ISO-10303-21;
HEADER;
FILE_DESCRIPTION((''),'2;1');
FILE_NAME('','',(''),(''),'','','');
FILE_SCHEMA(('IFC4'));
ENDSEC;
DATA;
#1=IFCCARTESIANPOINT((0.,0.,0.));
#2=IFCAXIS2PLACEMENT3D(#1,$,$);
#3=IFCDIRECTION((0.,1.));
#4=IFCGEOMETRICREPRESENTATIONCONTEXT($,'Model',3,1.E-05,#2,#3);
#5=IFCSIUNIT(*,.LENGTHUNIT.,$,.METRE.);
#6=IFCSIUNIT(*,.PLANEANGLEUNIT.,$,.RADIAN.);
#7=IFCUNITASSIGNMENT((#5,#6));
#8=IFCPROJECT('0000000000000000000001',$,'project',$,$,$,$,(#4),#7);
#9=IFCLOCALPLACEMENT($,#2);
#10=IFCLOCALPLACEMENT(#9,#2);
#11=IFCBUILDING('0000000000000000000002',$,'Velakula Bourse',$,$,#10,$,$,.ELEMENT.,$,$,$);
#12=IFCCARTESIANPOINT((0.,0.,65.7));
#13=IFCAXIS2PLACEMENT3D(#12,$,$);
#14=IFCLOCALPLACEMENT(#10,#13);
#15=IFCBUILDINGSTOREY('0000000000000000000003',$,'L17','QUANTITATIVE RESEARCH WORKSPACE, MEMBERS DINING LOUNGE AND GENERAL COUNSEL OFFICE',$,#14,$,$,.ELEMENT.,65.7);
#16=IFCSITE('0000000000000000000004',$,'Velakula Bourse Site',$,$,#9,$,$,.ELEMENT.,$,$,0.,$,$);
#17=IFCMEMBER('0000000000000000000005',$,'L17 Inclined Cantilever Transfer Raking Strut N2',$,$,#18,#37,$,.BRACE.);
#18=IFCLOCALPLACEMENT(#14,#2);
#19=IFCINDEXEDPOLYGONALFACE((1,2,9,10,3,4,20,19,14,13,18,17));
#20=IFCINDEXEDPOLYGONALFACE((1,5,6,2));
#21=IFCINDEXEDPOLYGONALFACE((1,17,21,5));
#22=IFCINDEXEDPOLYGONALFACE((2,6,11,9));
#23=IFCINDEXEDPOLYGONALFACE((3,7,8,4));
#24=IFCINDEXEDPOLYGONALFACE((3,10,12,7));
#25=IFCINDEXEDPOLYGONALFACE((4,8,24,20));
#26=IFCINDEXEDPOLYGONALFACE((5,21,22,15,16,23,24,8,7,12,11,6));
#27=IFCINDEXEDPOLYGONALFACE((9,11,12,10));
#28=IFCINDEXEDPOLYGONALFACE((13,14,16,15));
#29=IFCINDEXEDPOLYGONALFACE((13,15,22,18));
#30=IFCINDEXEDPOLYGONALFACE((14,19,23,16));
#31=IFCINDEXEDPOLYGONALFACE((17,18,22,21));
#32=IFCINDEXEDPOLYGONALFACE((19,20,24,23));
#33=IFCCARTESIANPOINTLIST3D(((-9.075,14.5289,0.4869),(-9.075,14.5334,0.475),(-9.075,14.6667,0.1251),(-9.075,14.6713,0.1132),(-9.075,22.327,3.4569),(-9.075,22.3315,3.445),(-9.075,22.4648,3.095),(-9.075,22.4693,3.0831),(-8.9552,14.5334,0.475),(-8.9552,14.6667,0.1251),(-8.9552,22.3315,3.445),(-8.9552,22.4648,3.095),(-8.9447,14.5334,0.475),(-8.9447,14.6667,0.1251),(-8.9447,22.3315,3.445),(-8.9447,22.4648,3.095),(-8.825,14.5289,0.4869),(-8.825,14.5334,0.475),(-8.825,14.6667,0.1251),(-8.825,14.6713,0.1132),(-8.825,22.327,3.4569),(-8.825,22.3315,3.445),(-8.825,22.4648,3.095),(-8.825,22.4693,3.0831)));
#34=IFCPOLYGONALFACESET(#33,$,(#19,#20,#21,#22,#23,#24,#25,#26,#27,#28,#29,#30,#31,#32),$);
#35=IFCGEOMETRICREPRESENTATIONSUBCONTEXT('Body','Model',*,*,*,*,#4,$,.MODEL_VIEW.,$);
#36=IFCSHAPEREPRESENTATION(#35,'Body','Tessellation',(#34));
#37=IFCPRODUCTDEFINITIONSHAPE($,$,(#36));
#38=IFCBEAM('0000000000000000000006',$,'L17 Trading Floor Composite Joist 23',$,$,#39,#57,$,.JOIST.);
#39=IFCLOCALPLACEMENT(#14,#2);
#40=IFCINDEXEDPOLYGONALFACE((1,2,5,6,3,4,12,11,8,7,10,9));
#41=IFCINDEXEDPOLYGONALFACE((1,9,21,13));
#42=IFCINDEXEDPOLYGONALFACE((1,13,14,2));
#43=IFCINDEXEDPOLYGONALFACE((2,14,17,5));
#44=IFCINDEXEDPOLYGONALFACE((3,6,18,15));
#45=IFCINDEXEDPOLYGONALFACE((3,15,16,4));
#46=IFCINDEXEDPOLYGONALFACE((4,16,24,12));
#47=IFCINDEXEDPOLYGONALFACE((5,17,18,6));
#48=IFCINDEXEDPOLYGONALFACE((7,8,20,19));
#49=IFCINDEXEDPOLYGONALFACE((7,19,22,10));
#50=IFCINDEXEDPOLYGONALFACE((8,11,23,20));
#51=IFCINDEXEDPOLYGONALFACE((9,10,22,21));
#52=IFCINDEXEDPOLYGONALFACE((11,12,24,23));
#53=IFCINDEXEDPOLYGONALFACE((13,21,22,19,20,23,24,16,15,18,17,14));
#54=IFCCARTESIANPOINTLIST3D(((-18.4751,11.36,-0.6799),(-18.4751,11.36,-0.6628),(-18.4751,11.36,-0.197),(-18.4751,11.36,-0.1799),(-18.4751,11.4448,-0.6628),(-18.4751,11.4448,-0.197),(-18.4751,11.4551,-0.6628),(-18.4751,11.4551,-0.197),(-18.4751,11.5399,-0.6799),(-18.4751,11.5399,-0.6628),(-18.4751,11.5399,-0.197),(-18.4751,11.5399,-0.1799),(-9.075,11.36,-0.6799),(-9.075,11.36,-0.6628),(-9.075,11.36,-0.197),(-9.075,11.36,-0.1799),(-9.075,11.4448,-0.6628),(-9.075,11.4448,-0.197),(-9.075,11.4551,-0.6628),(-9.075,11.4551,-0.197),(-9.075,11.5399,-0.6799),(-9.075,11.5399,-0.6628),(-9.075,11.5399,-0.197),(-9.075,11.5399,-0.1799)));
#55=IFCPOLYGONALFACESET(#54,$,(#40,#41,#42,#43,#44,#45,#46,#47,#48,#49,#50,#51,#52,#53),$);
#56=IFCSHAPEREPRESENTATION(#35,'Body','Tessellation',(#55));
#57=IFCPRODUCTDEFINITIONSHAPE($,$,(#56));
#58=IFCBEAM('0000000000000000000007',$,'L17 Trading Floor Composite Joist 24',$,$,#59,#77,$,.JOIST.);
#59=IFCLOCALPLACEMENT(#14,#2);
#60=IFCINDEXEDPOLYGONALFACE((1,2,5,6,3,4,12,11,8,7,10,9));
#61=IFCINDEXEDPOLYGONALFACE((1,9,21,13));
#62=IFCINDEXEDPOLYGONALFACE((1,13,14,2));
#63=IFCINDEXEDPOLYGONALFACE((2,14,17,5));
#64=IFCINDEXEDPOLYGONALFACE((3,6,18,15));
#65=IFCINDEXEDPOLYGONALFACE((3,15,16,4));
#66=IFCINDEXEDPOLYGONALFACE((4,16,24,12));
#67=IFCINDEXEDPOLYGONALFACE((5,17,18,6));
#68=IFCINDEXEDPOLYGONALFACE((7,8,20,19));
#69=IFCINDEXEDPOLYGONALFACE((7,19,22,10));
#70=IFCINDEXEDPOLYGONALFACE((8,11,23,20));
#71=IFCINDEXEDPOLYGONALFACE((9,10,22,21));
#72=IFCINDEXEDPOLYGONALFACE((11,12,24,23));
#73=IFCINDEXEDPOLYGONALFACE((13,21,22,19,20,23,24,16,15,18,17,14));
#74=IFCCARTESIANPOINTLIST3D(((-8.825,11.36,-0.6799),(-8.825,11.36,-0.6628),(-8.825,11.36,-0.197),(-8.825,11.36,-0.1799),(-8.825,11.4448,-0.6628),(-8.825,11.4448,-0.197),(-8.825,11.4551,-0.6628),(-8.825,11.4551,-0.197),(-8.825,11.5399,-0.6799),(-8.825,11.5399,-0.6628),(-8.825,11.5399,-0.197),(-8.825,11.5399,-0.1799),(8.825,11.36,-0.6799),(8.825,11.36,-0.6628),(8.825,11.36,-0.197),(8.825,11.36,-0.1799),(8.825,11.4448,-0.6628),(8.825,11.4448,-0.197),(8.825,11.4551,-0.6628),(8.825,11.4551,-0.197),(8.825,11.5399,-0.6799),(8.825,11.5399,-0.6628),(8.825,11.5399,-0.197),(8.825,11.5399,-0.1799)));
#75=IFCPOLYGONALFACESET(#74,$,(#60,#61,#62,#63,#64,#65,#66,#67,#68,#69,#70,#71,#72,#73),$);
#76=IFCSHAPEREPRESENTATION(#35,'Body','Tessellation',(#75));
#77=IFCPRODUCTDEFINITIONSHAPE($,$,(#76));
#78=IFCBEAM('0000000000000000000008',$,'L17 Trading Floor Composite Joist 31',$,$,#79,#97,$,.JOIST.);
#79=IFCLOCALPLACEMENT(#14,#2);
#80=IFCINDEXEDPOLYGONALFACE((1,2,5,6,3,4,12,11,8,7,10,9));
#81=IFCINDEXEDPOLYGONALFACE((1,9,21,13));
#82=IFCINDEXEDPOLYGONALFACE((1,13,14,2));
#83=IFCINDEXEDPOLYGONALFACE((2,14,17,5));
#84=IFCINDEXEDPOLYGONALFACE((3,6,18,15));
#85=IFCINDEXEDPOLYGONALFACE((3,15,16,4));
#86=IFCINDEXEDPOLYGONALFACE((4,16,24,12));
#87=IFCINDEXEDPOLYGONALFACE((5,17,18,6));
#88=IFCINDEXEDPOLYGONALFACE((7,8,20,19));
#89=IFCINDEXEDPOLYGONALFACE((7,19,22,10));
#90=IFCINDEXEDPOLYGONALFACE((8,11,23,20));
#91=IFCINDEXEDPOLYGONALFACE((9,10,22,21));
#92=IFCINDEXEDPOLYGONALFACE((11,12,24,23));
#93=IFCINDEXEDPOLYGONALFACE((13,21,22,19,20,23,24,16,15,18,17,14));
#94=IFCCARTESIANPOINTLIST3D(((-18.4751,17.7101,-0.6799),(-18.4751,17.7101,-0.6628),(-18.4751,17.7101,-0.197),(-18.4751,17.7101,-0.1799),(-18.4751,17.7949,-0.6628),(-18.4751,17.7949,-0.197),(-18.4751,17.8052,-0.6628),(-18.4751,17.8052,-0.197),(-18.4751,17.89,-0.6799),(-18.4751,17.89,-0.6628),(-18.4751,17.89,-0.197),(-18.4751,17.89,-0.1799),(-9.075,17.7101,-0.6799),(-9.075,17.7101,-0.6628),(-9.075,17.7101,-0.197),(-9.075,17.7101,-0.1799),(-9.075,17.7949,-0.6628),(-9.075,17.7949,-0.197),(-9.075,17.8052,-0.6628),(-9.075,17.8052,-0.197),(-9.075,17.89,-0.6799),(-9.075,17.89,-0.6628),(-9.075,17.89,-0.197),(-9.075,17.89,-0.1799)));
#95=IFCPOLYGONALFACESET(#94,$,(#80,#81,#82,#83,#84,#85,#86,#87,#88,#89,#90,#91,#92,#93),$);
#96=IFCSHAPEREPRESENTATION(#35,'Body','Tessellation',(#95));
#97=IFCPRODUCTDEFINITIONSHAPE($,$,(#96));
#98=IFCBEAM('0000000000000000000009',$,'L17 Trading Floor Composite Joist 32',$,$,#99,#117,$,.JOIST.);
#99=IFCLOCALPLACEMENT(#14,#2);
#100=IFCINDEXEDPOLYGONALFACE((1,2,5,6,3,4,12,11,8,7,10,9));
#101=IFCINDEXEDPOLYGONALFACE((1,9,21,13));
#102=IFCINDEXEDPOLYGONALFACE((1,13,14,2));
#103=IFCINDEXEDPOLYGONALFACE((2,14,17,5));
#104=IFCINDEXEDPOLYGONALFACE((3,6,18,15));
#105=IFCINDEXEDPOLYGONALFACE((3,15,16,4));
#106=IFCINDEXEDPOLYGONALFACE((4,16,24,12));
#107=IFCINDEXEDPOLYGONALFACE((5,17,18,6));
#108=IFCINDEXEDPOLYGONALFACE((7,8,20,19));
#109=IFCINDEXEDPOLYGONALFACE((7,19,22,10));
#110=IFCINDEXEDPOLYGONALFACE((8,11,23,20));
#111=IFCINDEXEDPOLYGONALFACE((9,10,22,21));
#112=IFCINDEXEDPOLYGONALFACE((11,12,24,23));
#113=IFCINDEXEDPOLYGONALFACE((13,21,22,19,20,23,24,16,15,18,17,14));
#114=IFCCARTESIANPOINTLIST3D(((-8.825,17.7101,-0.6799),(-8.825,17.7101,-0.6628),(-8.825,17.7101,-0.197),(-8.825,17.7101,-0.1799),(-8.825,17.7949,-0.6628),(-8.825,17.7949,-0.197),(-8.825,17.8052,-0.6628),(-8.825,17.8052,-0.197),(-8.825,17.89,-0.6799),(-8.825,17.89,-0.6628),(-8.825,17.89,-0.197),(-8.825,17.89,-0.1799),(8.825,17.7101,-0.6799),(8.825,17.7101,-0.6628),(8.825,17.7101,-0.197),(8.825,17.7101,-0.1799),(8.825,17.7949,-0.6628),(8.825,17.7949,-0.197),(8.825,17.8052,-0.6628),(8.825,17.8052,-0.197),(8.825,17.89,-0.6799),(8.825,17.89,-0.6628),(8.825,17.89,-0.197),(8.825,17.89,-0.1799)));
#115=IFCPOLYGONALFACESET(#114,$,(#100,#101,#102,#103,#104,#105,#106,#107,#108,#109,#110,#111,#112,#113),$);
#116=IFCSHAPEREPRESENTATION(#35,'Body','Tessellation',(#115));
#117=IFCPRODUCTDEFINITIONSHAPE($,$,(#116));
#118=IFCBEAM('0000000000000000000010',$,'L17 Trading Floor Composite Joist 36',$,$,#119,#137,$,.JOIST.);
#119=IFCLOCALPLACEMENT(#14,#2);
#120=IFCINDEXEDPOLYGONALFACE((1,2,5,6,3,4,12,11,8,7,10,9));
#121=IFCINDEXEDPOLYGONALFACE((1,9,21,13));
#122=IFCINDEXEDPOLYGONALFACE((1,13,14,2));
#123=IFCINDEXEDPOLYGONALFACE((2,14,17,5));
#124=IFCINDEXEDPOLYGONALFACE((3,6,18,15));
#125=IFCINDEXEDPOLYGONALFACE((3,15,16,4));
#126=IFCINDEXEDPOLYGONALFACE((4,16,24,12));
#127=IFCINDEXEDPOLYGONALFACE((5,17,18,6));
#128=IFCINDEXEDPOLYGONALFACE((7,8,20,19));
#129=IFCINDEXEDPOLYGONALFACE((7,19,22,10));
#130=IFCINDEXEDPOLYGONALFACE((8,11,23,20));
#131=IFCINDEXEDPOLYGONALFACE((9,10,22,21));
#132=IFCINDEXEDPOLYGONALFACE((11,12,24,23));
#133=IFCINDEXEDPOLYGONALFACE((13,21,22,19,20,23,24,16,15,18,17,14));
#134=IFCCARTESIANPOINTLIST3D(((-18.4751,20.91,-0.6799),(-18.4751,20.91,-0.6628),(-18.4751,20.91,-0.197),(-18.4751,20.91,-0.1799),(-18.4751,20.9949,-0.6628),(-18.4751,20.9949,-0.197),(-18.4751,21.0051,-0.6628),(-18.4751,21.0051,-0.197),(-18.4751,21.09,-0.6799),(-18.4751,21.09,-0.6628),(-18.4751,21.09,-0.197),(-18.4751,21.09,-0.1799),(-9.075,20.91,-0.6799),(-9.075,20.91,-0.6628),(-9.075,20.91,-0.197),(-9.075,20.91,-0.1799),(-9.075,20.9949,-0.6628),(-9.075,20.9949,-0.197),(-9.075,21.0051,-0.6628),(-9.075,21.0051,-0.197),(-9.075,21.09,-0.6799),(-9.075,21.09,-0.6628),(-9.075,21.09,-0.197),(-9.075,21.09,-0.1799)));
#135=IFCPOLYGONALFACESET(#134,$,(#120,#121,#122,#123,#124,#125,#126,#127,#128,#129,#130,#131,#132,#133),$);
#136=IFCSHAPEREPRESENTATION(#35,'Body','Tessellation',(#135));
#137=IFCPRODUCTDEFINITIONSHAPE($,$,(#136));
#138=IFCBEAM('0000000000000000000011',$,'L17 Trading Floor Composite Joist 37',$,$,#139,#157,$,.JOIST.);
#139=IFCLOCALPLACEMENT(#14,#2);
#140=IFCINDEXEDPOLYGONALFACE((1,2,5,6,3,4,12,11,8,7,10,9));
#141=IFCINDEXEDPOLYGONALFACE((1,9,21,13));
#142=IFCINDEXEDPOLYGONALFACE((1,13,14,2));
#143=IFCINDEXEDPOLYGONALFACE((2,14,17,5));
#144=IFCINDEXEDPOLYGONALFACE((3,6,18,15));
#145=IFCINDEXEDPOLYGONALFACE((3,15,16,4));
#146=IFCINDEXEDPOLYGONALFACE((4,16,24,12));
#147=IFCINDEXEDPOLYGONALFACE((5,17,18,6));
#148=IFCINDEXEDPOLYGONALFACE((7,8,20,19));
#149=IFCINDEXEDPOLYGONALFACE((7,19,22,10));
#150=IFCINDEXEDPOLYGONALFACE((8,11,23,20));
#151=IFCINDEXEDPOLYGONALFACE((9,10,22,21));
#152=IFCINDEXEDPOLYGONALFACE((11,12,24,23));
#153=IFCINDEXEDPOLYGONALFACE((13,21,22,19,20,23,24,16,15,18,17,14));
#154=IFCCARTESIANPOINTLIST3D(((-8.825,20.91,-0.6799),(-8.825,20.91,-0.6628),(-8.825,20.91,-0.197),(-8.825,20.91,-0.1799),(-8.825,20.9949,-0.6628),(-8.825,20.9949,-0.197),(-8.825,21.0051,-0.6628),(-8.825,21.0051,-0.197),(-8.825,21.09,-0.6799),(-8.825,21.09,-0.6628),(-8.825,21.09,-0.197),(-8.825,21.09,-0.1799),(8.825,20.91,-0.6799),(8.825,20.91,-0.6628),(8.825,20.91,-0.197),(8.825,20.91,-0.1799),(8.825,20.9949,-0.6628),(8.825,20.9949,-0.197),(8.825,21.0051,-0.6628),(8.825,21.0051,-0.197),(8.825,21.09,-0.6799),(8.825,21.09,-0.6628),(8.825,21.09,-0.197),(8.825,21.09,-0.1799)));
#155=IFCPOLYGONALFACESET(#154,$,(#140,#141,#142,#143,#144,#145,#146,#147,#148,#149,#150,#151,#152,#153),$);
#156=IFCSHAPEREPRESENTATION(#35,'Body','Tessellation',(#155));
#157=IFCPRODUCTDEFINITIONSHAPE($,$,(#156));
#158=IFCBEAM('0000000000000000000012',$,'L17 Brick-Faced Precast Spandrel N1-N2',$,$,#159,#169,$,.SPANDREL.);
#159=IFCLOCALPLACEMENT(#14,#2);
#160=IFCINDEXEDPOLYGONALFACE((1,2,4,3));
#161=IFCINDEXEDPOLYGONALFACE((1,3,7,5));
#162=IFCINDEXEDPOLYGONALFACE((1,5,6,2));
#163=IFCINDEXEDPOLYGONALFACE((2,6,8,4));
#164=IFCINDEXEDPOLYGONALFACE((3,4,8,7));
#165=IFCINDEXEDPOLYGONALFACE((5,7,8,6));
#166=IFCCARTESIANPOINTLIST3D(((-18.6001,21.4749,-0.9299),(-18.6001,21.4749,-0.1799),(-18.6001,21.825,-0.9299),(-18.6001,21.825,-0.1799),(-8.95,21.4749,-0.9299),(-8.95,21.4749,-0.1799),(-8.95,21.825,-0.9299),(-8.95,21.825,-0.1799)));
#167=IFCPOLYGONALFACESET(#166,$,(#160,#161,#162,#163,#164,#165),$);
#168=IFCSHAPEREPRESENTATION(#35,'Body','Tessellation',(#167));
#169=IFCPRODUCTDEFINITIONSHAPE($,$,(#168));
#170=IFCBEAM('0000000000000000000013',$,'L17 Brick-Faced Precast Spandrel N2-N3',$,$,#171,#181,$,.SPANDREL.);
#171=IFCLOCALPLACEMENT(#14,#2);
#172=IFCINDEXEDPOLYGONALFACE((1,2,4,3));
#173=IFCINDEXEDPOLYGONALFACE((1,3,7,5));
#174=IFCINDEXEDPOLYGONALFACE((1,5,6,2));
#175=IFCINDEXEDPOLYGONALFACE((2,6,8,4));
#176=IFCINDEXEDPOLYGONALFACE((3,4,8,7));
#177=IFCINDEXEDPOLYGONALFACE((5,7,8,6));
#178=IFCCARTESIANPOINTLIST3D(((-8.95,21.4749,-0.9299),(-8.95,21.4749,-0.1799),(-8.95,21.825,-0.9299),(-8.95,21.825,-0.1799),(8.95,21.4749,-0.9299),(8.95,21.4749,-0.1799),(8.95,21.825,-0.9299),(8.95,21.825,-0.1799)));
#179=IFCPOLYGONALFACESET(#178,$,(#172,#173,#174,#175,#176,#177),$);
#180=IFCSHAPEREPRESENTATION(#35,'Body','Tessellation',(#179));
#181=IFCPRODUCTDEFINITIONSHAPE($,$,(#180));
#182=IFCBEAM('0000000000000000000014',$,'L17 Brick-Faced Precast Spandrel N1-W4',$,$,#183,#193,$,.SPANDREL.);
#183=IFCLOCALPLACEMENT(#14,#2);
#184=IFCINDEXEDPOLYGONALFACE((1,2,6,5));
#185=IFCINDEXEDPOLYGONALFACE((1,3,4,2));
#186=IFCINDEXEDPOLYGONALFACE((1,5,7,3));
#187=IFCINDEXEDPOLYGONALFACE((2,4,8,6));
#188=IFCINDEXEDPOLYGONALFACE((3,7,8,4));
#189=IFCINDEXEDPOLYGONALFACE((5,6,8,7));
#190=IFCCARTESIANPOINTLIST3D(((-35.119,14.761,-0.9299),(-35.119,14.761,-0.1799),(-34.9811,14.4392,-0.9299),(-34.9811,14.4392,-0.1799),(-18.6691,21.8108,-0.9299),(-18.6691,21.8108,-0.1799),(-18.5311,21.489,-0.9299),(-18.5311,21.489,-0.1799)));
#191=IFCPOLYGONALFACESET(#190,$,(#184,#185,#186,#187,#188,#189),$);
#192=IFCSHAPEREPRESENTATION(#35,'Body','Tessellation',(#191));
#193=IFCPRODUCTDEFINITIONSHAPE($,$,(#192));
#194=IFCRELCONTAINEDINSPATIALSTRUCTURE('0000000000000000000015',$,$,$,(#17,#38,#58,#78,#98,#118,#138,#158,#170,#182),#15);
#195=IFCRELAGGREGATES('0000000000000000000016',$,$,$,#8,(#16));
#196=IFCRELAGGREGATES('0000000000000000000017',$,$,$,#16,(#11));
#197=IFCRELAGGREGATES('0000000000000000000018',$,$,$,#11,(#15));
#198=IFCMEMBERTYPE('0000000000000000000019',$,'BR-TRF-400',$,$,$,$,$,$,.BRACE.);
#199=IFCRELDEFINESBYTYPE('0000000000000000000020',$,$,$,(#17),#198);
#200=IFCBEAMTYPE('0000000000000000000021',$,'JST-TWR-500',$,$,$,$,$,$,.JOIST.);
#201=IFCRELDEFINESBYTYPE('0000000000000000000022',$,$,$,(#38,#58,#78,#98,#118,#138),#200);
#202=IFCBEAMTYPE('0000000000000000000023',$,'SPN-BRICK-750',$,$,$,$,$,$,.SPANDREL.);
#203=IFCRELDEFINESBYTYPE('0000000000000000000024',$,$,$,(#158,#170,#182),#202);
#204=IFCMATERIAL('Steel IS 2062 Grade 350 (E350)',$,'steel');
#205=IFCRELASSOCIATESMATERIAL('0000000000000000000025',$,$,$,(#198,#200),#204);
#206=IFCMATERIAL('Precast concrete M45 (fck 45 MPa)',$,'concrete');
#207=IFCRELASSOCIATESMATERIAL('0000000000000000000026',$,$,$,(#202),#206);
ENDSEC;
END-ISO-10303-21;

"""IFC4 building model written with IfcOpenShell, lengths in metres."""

from ifc_helpers import new_model, si_unit, direction, frame, origin, origin_2d, place, context, subcontext, project, spatial, rectangle, i_section, extrude, material, material_profile, profile_set, type_object, element, save


model = new_model("IFC4")

# Units and contexts
model_context = context("Model", 3, precision=1e-05, world=origin(), true_north=direction((0.0, 1.0)))
body_context = subcontext(model_context, "Body", "Model", "MODEL_VIEW")
ifc_project = project(units=[si_unit("LENGTHUNIT", "METRE"), si_unit("PLANEANGLEUNIT", "RADIAN")], contexts=[model_context])

# Site, building, storey
site_placement = place(None, origin())
site = spatial("IfcSite", under=ifc_project, at=site_placement, Name="Velakula Bourse Site", CompositionType="ELEMENT", RefElevation=0.0)
building_placement = place(site_placement, origin())
building = spatial("IfcBuilding", under=site, at=building_placement, Name="Velakula Bourse", CompositionType="ELEMENT")
storey_placement = place(building_placement, frame((0.0, 0.0, 65.7)))
storey = spatial("IfcBuildingStorey", under=building, at=storey_placement, Name="L17", Description="QUANTITATIVE RESEARCH WORKSPACE, MEMBERS DINING LOUNGE AND GENERAL COUNSEL OFFICE", CompositionType="ELEMENT", Elevation=65.7)

# Shared definitions
ifc_material_1 = material(Name="Steel IS 2062 Grade 350 (E350)", Category="steel")

# Member
ifc_material_profile_1 = material_profile(ifc_material_1, i_section(OverallWidth=0.25, OverallDepth=0.3999, WebThickness=0.0105, FlangeThickness=0.0127, at=origin_2d()), Name="Steel IS 2062 Grade 350 (E350)")
ifc_profile_set_1 = profile_set([ifc_material_profile_1], Name="Steel IS 2062 Grade 350 (E350)")
member_type = type_object("IfcMemberType", Name="BR-TRF-400", PredefinedType="BRACE", material=ifc_profile_set_1)
member_placement = place(storey_placement, frame((-8.95, 14.6001, 0.3), z_axis=(0.0, 0.934517, 0.355919), x_axis=(-1.0, 0.0, 0.0)))
element("IfcMember", 1, at=member_placement, inside=storey, type_object=member_type, Name="L17 Inclined Cantilever Transfer Raking Strut N2", PredefinedType="BRACE", context=body_context, shape_type="SweptSolid", body=[
    extrude(i_section(OverallWidth=0.25, OverallDepth=0.3999, WebThickness=0.0105, FlangeThickness=0.0127, at=origin_2d()), origin(), (0.0, 0.0, 1.0), 8.3445),
])

# Beams
ifc_material_profile_2 = material_profile(ifc_material_1, i_section(OverallWidth=0.1799, OverallDepth=0.5, WebThickness=0.0103, FlangeThickness=0.0171, at=origin_2d()), Name="Steel IS 2062 Grade 350 (E350)")
ifc_profile_set_2 = profile_set([ifc_material_profile_2], Name="Steel IS 2062 Grade 350 (E350)")
beam_type_1 = type_object("IfcBeamType", Name="JST-TWR-500", PredefinedType="JOIST", material=ifc_profile_set_2)
beam_1_placement = place(storey_placement, frame((-18.4751, 11.45, -0.4299), z_axis=(1.0, 0.0, 0.0), x_axis=(0.0, 1.0, 0.0)))
element("IfcBeam", 2, at=beam_1_placement, inside=storey, type_object=beam_type_1, Name="L17 Trading Floor Composite Joist 23", PredefinedType="JOIST", context=body_context, shape_type="SweptSolid", body=[
    extrude(i_section(OverallWidth=0.1799, OverallDepth=0.5, WebThickness=0.0103, FlangeThickness=0.0171, at=origin_2d()), origin(), (0.0, 0.0, 1.0), 9.4001),
])
beam_2_placement = place(storey_placement, frame((-8.825, 11.45, -0.4299), z_axis=(1.0, 0.0, 0.0), x_axis=(0.0, 1.0, 0.0)))
element("IfcBeam", 3, at=beam_2_placement, inside=storey, type_object=beam_type_1, Name="L17 Trading Floor Composite Joist 24", PredefinedType="JOIST", context=body_context, shape_type="SweptSolid", body=[
    extrude(i_section(OverallWidth=0.1799, OverallDepth=0.5, WebThickness=0.0103, FlangeThickness=0.0171, at=origin_2d()), origin(), (0.0, 0.0, 1.0), 17.6499),
])
beam_3_placement = place(storey_placement, frame((-18.4751, 17.8, -0.4299), z_axis=(1.0, 0.0, 0.0), x_axis=(0.0, 1.0, 0.0)))
element("IfcBeam", 4, at=beam_3_placement, inside=storey, type_object=beam_type_1, Name="L17 Trading Floor Composite Joist 31", PredefinedType="JOIST", context=body_context, shape_type="SweptSolid", body=[
    extrude(i_section(OverallWidth=0.1799, OverallDepth=0.5, WebThickness=0.0103, FlangeThickness=0.0171, at=origin_2d()), origin(), (0.0, 0.0, 1.0), 9.4001),
])
beam_4_placement = place(storey_placement, frame((-8.825, 17.8, -0.4299), z_axis=(1.0, 0.0, 0.0), x_axis=(0.0, 1.0, 0.0)))
element("IfcBeam", 5, at=beam_4_placement, inside=storey, type_object=beam_type_1, Name="L17 Trading Floor Composite Joist 32", PredefinedType="JOIST", context=body_context, shape_type="SweptSolid", body=[
    extrude(i_section(OverallWidth=0.1799, OverallDepth=0.5, WebThickness=0.0103, FlangeThickness=0.0171, at=origin_2d()), origin(), (0.0, 0.0, 1.0), 17.6499),
])
beam_5_placement = place(storey_placement, frame((-18.4751, 21.0, -0.4299), z_axis=(1.0, 0.0, 0.0), x_axis=(0.0, 1.0, 0.0)))
element("IfcBeam", 6, at=beam_5_placement, inside=storey, type_object=beam_type_1, Name="L17 Trading Floor Composite Joist 36", PredefinedType="JOIST", context=body_context, shape_type="SweptSolid", body=[
    extrude(i_section(OverallWidth=0.1799, OverallDepth=0.5, WebThickness=0.0103, FlangeThickness=0.0171, at=origin_2d()), origin(), (0.0, 0.0, 1.0), 9.4001),
])
beam_6_placement = place(storey_placement, frame((-8.825, 21.0, -0.4299), z_axis=(1.0, 0.0, 0.0), x_axis=(0.0, 1.0, 0.0)))
element("IfcBeam", 7, at=beam_6_placement, inside=storey, type_object=beam_type_1, Name="L17 Trading Floor Composite Joist 37", PredefinedType="JOIST", context=body_context, shape_type="SweptSolid", body=[
    extrude(i_section(OverallWidth=0.1799, OverallDepth=0.5, WebThickness=0.0103, FlangeThickness=0.0171, at=origin_2d()), origin(), (0.0, 0.0, 1.0), 17.6499),
])
ifc_material_2 = material(Name="Precast concrete M45 (fck 45 MPa)", Category="concrete")
ifc_material_profile_3 = material_profile(ifc_material_2, rectangle(XDim=0.3501, YDim=0.75, at=origin_2d()), Name="Precast concrete M45 (fck 45 MPa)")
ifc_profile_set_3 = profile_set([ifc_material_profile_3], Name="Precast concrete M45 (fck 45 MPa)")
beam_type_2 = type_object("IfcBeamType", Name="SPN-BRICK-750", PredefinedType="SPANDREL", material=ifc_profile_set_3)
beam_7_placement = place(storey_placement, frame((-18.6001, 21.6499, -0.5549), z_axis=(1.0, 0.0, 0.0), x_axis=(0.0, 1.0, 0.0)))
element("IfcBeam", 8, at=beam_7_placement, inside=storey, type_object=beam_type_2, Name="L17 Brick-Faced Precast Spandrel N1-N2", PredefinedType="SPANDREL", context=body_context, shape_type="SweptSolid", body=[
    extrude(rectangle(XDim=0.3501, YDim=0.75, at=origin_2d()), origin(), (0.0, 0.0, 1.0), 9.6501),
])
beam_8_placement = place(storey_placement, frame((-8.95, 21.6499, -0.5549), z_axis=(1.0, 0.0, 0.0), x_axis=(0.0, 1.0, 0.0)))
element("IfcBeam", 9, at=beam_8_placement, inside=storey, type_object=beam_type_2, Name="L17 Brick-Faced Precast Spandrel N2-N3", PredefinedType="SPANDREL", context=body_context, shape_type="SweptSolid", body=[
    extrude(rectangle(XDim=0.3501, YDim=0.75, at=origin_2d()), origin(), (0.0, 0.0, 1.0), 17.8999),
])
beam_9_placement = place(storey_placement, frame((-18.6001, 21.6499, -0.5549), z_axis=(-0.919149, -0.393911, 0.0), x_axis=(0.393911, -0.919149, 0.0)))
element("IfcBeam", 10, at=beam_9_placement, inside=storey, type_object=beam_type_2, Name="L17 Brick-Faced Precast Spandrel N1-W4", PredefinedType="SPANDREL", context=body_context, shape_type="SweptSolid", body=[
    extrude(rectangle(XDim=0.3501, YDim=0.75, at=origin_2d()), origin(), (0.0, 0.0, 1.0), 17.897),
])

save(model, "model.ifc")
